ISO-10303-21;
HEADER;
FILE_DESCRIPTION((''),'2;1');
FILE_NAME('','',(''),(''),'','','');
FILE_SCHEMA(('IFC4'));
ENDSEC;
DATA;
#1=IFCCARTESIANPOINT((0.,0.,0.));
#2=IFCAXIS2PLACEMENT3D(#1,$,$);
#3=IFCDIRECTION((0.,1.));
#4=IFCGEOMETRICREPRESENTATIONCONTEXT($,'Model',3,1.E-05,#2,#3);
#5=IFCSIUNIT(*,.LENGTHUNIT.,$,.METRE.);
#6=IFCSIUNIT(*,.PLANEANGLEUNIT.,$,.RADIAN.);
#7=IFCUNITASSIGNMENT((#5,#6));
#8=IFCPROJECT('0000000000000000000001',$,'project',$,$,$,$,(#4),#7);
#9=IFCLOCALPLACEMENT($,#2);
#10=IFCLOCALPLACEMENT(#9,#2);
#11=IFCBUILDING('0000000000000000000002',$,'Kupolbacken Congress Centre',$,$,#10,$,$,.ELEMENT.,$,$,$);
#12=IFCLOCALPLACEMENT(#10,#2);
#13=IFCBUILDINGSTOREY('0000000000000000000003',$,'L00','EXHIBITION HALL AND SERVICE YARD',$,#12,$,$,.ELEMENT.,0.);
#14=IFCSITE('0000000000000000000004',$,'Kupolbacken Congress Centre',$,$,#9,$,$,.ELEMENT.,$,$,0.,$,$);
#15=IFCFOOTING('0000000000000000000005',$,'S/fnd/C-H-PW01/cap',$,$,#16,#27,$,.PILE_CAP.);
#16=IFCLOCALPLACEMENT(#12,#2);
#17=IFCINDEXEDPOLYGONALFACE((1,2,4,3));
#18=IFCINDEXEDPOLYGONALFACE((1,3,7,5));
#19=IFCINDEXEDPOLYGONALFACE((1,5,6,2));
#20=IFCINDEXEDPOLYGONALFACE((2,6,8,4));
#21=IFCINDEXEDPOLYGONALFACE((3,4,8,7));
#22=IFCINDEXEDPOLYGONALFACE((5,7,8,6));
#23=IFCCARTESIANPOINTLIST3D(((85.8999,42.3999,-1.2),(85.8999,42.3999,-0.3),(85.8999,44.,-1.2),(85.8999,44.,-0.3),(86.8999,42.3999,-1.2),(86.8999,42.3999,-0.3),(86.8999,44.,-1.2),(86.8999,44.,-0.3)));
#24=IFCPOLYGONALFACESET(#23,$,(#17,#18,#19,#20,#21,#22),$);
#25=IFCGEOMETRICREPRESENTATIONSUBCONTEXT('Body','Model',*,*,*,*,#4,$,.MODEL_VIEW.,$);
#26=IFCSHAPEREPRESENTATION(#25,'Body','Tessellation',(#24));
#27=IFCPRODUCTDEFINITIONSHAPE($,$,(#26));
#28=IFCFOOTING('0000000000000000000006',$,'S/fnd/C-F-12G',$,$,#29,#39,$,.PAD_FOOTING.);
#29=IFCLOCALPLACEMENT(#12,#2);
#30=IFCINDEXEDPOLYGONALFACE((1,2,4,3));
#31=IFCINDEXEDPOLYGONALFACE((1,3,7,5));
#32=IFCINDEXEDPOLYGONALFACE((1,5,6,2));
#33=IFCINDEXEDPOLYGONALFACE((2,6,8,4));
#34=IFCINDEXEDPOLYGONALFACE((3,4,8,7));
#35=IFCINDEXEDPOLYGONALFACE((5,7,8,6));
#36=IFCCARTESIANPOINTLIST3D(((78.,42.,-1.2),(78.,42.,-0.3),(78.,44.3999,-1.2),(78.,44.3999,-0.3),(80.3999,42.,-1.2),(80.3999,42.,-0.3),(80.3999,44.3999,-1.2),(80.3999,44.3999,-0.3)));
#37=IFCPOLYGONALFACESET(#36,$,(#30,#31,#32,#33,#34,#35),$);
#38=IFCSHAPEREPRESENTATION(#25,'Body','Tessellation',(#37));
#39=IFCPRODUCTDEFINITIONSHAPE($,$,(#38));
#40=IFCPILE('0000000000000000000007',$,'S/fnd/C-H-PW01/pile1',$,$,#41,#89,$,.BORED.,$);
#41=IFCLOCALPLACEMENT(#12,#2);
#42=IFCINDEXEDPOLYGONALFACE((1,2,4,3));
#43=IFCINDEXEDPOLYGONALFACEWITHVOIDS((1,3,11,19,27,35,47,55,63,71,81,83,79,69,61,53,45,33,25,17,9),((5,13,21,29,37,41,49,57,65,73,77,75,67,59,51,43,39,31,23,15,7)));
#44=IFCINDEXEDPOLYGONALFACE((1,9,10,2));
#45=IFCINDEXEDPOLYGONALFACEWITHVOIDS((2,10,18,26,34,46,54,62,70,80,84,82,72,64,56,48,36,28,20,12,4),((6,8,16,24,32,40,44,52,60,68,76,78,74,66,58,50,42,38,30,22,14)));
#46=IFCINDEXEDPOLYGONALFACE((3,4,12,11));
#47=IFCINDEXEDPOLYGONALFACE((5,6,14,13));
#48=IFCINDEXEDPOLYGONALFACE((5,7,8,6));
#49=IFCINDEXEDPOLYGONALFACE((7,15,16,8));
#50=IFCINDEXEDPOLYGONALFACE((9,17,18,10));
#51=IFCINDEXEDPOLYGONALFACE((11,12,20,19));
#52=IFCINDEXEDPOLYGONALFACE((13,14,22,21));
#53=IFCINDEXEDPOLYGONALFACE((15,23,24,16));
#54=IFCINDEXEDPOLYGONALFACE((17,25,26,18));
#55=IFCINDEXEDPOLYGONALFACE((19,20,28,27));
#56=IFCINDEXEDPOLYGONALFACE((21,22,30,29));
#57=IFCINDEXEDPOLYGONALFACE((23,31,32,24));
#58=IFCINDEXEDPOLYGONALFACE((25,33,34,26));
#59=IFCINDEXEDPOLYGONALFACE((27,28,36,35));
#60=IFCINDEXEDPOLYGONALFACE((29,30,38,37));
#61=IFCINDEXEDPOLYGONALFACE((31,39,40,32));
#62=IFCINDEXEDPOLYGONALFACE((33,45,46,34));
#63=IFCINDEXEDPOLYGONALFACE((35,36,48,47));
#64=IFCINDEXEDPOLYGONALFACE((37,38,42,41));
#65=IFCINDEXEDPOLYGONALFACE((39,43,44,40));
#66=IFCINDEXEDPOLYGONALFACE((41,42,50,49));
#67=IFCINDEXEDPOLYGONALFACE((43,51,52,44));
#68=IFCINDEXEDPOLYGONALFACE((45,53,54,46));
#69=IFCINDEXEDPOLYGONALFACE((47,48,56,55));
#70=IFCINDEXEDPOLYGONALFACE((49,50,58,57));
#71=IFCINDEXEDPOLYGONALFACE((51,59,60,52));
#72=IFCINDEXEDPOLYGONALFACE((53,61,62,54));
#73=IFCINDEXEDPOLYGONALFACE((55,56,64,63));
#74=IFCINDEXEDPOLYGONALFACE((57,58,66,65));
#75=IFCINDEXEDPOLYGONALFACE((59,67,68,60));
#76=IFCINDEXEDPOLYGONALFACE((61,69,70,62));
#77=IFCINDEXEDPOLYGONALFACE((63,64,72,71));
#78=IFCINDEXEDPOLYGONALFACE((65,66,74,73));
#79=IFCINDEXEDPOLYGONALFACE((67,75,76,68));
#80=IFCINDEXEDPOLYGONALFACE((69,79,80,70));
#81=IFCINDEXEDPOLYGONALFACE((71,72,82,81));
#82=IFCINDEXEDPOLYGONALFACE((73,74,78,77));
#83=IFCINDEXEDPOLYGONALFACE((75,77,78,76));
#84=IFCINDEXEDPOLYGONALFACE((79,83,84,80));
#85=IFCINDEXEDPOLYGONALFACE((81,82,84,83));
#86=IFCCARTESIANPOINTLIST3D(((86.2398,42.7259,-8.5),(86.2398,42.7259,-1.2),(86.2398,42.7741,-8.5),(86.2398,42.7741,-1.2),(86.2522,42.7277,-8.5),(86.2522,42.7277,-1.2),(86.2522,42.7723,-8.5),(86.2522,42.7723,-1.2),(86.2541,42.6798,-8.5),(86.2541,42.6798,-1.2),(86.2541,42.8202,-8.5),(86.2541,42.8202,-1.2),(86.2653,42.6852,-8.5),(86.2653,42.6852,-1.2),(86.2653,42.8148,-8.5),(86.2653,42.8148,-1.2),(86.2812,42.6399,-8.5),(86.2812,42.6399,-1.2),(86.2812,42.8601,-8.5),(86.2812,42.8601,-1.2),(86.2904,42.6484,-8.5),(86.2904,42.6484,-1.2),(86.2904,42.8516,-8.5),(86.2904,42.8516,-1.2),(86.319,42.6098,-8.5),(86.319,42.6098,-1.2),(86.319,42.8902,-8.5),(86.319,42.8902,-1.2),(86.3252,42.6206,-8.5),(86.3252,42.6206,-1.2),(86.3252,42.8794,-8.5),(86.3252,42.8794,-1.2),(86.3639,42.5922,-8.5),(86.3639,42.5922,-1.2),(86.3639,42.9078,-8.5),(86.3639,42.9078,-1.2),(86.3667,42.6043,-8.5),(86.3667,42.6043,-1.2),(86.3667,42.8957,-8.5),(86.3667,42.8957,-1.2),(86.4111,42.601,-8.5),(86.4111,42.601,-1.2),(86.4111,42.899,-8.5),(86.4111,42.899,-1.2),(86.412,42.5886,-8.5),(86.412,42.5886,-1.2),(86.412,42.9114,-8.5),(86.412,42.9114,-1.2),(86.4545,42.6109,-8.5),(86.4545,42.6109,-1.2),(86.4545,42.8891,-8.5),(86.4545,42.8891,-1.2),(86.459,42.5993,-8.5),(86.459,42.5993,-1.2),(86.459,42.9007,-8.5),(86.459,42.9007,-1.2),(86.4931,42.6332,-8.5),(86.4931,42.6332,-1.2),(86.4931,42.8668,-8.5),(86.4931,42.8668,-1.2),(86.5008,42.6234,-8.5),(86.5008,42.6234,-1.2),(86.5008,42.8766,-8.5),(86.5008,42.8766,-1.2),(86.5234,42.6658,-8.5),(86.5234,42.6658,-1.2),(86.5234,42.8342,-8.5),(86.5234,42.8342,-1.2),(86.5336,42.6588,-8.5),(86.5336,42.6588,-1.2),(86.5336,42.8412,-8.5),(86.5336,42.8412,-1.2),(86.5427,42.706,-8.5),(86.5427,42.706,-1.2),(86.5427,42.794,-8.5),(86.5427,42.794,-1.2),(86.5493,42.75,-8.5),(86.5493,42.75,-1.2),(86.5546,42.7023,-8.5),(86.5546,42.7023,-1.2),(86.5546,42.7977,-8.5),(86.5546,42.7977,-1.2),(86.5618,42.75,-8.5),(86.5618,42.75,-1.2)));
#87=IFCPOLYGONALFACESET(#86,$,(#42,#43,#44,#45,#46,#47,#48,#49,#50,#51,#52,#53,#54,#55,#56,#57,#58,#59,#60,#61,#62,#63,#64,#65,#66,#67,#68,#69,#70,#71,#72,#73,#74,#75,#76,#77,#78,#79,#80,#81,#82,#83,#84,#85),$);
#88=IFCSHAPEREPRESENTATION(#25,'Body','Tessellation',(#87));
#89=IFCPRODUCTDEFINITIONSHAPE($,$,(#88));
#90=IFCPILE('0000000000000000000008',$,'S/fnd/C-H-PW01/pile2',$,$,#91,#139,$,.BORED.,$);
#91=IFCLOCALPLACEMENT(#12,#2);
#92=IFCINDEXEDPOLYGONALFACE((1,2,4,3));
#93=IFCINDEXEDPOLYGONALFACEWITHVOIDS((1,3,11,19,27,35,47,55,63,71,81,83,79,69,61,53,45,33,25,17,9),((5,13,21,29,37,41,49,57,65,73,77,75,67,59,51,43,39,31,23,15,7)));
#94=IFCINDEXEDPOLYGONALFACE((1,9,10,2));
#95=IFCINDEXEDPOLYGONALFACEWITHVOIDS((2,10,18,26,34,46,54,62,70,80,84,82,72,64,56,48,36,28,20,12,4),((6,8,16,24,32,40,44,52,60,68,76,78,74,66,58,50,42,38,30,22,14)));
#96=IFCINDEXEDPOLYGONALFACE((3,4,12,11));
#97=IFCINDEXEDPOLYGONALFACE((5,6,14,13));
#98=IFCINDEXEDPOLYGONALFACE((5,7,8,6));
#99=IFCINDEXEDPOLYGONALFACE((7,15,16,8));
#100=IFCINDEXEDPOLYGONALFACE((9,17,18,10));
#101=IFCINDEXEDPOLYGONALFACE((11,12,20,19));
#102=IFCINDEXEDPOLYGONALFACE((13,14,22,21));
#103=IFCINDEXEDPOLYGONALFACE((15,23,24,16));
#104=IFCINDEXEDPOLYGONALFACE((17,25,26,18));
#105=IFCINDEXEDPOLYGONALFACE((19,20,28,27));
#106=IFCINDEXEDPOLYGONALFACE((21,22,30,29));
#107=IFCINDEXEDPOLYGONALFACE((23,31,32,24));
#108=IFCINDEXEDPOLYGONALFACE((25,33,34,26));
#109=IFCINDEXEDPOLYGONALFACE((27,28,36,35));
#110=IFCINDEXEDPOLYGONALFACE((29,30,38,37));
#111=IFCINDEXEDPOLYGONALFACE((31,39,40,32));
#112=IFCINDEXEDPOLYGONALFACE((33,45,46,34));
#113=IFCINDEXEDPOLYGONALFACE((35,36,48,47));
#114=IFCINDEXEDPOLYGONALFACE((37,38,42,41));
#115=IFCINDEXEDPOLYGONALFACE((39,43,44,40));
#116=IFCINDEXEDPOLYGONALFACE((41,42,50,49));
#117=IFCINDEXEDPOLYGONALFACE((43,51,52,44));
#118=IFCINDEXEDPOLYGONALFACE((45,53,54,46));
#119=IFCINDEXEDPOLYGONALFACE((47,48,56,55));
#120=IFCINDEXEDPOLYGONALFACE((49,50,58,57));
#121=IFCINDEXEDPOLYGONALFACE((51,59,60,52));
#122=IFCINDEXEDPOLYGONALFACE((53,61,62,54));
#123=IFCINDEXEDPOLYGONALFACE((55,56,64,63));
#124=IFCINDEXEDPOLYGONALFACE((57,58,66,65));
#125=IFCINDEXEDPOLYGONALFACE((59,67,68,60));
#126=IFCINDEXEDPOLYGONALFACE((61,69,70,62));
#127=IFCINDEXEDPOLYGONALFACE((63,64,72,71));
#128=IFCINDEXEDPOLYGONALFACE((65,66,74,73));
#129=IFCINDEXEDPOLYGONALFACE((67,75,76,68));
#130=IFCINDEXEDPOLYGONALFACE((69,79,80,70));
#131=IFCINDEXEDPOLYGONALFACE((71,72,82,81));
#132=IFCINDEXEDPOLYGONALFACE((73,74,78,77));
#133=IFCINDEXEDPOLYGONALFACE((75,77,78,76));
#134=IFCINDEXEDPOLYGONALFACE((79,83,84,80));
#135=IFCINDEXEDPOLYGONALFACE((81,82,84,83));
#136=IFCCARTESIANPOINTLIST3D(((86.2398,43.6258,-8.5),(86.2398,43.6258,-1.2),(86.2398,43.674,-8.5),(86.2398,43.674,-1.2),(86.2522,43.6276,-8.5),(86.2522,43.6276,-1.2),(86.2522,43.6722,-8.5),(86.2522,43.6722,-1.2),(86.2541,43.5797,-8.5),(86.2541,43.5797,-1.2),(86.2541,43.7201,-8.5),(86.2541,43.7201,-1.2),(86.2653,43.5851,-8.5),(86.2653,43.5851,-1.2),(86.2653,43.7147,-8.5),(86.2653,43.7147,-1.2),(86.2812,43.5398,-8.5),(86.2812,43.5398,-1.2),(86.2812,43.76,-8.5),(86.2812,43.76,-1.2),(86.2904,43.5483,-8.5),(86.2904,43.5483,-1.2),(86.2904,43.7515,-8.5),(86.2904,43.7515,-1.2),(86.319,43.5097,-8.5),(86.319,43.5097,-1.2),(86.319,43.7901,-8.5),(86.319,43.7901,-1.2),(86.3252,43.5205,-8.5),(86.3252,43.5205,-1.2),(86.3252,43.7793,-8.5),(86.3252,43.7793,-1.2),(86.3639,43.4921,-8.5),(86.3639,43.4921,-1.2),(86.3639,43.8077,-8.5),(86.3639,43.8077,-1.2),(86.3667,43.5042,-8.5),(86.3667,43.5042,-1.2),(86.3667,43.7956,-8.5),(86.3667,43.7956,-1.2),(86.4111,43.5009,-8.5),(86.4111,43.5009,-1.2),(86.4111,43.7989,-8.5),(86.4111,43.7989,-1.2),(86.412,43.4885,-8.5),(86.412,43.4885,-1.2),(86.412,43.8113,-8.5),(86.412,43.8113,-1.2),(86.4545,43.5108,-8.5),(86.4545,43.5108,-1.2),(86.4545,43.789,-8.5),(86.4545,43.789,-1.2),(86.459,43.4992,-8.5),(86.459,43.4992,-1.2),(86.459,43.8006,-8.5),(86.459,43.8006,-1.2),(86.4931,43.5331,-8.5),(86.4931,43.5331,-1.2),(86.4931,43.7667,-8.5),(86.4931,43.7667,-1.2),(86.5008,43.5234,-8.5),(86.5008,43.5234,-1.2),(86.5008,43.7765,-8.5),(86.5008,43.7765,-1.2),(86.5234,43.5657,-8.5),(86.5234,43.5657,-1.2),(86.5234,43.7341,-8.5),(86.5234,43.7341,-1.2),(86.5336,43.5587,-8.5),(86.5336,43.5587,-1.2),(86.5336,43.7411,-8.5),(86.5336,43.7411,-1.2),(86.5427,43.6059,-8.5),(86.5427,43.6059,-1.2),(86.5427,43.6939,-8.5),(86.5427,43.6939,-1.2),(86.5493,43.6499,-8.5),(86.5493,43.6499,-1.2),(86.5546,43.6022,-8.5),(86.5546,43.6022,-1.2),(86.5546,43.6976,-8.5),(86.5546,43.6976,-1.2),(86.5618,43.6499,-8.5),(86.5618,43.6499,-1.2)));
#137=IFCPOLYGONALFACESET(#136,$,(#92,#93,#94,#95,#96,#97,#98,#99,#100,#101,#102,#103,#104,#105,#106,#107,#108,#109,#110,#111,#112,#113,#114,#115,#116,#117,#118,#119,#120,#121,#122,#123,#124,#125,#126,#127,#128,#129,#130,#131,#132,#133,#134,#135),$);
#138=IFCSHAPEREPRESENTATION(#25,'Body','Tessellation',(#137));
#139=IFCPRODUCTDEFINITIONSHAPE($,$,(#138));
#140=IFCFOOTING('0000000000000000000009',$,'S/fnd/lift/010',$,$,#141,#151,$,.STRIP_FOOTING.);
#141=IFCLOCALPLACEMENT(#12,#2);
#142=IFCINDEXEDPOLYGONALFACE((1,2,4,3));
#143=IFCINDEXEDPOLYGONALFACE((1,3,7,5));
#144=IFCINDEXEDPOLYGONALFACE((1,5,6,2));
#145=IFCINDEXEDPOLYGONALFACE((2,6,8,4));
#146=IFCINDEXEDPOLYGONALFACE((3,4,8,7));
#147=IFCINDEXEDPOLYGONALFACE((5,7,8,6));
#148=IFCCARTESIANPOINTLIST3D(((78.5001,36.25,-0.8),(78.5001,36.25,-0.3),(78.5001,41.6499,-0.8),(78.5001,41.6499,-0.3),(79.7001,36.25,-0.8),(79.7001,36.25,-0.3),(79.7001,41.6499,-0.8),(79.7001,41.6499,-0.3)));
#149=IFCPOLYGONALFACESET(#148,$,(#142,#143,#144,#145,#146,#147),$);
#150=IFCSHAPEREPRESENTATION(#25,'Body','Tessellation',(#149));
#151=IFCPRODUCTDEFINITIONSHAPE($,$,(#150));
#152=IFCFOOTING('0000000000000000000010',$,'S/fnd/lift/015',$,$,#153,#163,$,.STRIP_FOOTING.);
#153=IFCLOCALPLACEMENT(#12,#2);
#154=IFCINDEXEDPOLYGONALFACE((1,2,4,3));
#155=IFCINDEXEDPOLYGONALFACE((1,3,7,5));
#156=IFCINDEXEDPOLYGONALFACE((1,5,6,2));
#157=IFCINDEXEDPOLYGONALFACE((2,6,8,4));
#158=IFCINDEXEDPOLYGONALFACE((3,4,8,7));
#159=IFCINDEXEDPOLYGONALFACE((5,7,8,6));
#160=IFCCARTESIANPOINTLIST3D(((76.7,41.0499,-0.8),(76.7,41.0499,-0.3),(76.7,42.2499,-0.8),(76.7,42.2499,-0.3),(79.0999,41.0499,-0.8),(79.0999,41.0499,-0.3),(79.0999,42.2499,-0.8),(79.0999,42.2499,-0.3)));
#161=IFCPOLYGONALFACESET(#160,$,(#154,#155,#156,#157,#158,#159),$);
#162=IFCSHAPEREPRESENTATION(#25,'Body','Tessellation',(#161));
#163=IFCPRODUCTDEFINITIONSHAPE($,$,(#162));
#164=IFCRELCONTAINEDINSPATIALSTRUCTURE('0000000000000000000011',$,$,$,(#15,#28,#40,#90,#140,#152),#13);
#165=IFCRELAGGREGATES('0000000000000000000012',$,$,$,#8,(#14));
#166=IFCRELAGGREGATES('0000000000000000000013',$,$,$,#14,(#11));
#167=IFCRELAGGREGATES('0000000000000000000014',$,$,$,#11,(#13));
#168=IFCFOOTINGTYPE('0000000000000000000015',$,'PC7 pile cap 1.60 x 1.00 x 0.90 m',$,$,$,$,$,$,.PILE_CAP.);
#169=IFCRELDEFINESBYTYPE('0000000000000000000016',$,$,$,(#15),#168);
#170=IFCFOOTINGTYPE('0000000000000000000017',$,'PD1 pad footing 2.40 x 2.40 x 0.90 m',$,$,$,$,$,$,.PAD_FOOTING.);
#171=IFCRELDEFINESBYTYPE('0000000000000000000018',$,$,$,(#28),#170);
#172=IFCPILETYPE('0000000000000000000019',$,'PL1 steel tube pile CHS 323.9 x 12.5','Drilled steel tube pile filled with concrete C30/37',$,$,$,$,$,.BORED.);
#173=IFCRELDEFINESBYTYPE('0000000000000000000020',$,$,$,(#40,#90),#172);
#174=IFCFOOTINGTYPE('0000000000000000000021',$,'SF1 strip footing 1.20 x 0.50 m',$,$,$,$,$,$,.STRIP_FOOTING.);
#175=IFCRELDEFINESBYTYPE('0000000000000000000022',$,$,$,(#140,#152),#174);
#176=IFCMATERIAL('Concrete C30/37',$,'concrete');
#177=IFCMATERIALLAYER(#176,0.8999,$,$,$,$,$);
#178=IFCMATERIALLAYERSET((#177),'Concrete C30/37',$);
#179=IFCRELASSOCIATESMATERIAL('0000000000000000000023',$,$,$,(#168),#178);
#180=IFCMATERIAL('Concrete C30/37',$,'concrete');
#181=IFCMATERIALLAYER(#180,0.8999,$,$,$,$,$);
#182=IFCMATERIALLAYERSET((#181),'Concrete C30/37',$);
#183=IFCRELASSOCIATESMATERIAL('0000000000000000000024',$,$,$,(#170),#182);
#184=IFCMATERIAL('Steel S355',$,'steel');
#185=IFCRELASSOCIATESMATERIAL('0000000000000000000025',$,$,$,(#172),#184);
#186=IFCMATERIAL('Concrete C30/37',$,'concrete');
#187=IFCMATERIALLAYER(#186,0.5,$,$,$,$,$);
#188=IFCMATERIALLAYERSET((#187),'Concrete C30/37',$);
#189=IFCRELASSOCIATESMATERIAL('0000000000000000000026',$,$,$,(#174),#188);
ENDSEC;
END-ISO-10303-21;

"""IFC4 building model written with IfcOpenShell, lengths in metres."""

from ifc_helpers import new_model, si_unit, direction, frame, origin, origin_2d, place, context, subcontext, project, spatial, rectangle, hollow_circle, extrude, material, layer, layer_set, material_profile, profile_set, type_object, element, save


model = new_model("IFC4")

# Units and contexts
model_context = context("Model", 3, precision=1e-05, world=origin(), true_north=direction((0.0, 1.0)))
body_context = subcontext(model_context, "Body", "Model", "MODEL_VIEW")
ifc_project = project(units=[si_unit("LENGTHUNIT", "METRE"), si_unit("PLANEANGLEUNIT", "RADIAN")], contexts=[model_context])

# Site, building, storey
site_placement = place(None, origin())
site = spatial("IfcSite", under=ifc_project, at=site_placement, Name="Kupolbacken Congress Centre", CompositionType="ELEMENT", RefElevation=0.0)
building_placement = place(site_placement, origin())
building = spatial("IfcBuilding", under=site, at=building_placement, Name="Kupolbacken Congress Centre", CompositionType="ELEMENT")
storey_placement = place(building_placement, origin())
storey = spatial("IfcBuildingStorey", under=building, at=storey_placement, Name="L00", Description="EXHIBITION HALL AND SERVICE YARD", CompositionType="ELEMENT", Elevation=0.0)

# Footings
ifc_material_1 = material(Name="Concrete C30/37", Category="concrete")
ifc_layer_1 = layer(ifc_material_1, 0.8999)
ifc_layer_set_1 = layer_set([ifc_layer_1], Name="Concrete C30/37")
footing_type_1 = type_object("IfcFootingType", Name="PC7 pile cap 1.60 x 1.00 x 0.90 m", PredefinedType="PILE_CAP", material=ifc_layer_set_1)
footing_1_placement = place(storey_placement, frame((86.3999, 43.2, -1.2), z_axis=(0.0, 0.0, 1.0), x_axis=(1.0, 0.0, 0.0)))
element("IfcFooting", 1, at=footing_1_placement, inside=storey, type_object=footing_type_1, Name="S/fnd/C-H-PW01/cap", PredefinedType="PILE_CAP", context=body_context, shape_type="SweptSolid", body=[
    extrude(rectangle(XDim=1.0, YDim=1.6001, at=origin_2d()), origin(), (0.0, 0.0, 1.0), 0.8999),
])
ifc_material_2 = material(Name="Concrete C30/37", Category="concrete")
ifc_layer_2 = layer(ifc_material_2, 0.8999)
ifc_layer_set_2 = layer_set([ifc_layer_2], Name="Concrete C30/37")
footing_type_2 = type_object("IfcFootingType", Name="PD1 pad footing 2.40 x 2.40 x 0.90 m", PredefinedType="PAD_FOOTING", material=ifc_layer_set_2)
footing_2_placement = place(storey_placement, frame((79.2, 43.2, -1.2), z_axis=(0.0, 0.0, 1.0), x_axis=(1.0, 0.0, 0.0)))
element("IfcFooting", 2, at=footing_2_placement, inside=storey, type_object=footing_type_2, Name="S/fnd/C-F-12G", PredefinedType="PAD_FOOTING", context=body_context, shape_type="SweptSolid", body=[
    extrude(rectangle(XDim=2.3999, YDim=2.3999, at=origin_2d()), origin(), (0.0, 0.0, 1.0), 0.8999),
])

# Piles
ifc_material_3 = material(Name="Steel S355", Category="steel")
ifc_material_profile_1 = material_profile(ifc_material_3, hollow_circle(Radius=0.1619, WallThickness=0.0125, at=origin_2d()), Name="CHS 323.9 x 12.5")
ifc_profile_set_1 = profile_set([ifc_material_profile_1], Name="Steel S355")
pile_type = type_object("IfcPileType", Name="PL1 steel tube pile CHS 323.9 x 12.5", Description="Drilled steel tube pile filled with concrete C30/37", PredefinedType="BORED", material=ifc_profile_set_1)
for number, where, z_axis, x_axis, name in (
    (3, (86.3999, 42.75, -1.2), (0.0, 0.0, -1.0), (1.0, 0.0, 0.0), "S/fnd/C-H-PW01/pile1"),
    (4, (86.3999, 43.6499, -1.2), (0.0, 0.0, -1.0), (1.0, 0.0, 0.0), "S/fnd/C-H-PW01/pile2"),
):
    element("IfcPile", number, at=place(storey_placement, frame(where, z_axis=z_axis, x_axis=x_axis)), inside=storey, type_object=pile_type, Name=name, PredefinedType="BORED", context=body_context, shape_type="SweptSolid", body=[
        extrude(hollow_circle(Radius=0.1619, WallThickness=0.0125, at=origin_2d()), origin(), (0.0, 0.0, 1.0), 7.3),
    ])

# Footings
ifc_material_4 = material(Name="Concrete C30/37", Category="concrete")
ifc_layer_3 = layer(ifc_material_4, 0.5)
ifc_layer_set_3 = layer_set([ifc_layer_3], Name="Concrete C30/37")
footing_type_3 = type_object("IfcFootingType", Name="SF1 strip footing 1.20 x 0.50 m", PredefinedType="STRIP_FOOTING", material=ifc_layer_set_3)
footing_3_placement = place(storey_placement, frame((79.1001, 38.95, -0.8), z_axis=(0.0, 0.0, 1.0), x_axis=(0.0, 1.0, 0.0)))
element("IfcFooting", 5, at=footing_3_placement, inside=storey, type_object=footing_type_3, Name="S/fnd/lift/010", PredefinedType="STRIP_FOOTING", context=body_context, shape_type="SweptSolid", body=[
    extrude(rectangle(XDim=5.3999, YDim=1.2, at=origin_2d()), origin(), (0.0, 0.0, 1.0), 0.5),
])
footing_4_placement = place(storey_placement, frame((77.8999, 41.6499, -0.8), z_axis=(0.0, 0.0, 1.0), x_axis=(1.0, 0.0, 0.0)))
element("IfcFooting", 6, at=footing_4_placement, inside=storey, type_object=footing_type_3, Name="S/fnd/lift/015", PredefinedType="STRIP_FOOTING", context=body_context, shape_type="SweptSolid", body=[
    extrude(rectangle(XDim=2.3999, YDim=1.2, at=origin_2d()), origin(), (0.0, 0.0, 1.0), 0.5),
])

save(model, "model.ifc")
